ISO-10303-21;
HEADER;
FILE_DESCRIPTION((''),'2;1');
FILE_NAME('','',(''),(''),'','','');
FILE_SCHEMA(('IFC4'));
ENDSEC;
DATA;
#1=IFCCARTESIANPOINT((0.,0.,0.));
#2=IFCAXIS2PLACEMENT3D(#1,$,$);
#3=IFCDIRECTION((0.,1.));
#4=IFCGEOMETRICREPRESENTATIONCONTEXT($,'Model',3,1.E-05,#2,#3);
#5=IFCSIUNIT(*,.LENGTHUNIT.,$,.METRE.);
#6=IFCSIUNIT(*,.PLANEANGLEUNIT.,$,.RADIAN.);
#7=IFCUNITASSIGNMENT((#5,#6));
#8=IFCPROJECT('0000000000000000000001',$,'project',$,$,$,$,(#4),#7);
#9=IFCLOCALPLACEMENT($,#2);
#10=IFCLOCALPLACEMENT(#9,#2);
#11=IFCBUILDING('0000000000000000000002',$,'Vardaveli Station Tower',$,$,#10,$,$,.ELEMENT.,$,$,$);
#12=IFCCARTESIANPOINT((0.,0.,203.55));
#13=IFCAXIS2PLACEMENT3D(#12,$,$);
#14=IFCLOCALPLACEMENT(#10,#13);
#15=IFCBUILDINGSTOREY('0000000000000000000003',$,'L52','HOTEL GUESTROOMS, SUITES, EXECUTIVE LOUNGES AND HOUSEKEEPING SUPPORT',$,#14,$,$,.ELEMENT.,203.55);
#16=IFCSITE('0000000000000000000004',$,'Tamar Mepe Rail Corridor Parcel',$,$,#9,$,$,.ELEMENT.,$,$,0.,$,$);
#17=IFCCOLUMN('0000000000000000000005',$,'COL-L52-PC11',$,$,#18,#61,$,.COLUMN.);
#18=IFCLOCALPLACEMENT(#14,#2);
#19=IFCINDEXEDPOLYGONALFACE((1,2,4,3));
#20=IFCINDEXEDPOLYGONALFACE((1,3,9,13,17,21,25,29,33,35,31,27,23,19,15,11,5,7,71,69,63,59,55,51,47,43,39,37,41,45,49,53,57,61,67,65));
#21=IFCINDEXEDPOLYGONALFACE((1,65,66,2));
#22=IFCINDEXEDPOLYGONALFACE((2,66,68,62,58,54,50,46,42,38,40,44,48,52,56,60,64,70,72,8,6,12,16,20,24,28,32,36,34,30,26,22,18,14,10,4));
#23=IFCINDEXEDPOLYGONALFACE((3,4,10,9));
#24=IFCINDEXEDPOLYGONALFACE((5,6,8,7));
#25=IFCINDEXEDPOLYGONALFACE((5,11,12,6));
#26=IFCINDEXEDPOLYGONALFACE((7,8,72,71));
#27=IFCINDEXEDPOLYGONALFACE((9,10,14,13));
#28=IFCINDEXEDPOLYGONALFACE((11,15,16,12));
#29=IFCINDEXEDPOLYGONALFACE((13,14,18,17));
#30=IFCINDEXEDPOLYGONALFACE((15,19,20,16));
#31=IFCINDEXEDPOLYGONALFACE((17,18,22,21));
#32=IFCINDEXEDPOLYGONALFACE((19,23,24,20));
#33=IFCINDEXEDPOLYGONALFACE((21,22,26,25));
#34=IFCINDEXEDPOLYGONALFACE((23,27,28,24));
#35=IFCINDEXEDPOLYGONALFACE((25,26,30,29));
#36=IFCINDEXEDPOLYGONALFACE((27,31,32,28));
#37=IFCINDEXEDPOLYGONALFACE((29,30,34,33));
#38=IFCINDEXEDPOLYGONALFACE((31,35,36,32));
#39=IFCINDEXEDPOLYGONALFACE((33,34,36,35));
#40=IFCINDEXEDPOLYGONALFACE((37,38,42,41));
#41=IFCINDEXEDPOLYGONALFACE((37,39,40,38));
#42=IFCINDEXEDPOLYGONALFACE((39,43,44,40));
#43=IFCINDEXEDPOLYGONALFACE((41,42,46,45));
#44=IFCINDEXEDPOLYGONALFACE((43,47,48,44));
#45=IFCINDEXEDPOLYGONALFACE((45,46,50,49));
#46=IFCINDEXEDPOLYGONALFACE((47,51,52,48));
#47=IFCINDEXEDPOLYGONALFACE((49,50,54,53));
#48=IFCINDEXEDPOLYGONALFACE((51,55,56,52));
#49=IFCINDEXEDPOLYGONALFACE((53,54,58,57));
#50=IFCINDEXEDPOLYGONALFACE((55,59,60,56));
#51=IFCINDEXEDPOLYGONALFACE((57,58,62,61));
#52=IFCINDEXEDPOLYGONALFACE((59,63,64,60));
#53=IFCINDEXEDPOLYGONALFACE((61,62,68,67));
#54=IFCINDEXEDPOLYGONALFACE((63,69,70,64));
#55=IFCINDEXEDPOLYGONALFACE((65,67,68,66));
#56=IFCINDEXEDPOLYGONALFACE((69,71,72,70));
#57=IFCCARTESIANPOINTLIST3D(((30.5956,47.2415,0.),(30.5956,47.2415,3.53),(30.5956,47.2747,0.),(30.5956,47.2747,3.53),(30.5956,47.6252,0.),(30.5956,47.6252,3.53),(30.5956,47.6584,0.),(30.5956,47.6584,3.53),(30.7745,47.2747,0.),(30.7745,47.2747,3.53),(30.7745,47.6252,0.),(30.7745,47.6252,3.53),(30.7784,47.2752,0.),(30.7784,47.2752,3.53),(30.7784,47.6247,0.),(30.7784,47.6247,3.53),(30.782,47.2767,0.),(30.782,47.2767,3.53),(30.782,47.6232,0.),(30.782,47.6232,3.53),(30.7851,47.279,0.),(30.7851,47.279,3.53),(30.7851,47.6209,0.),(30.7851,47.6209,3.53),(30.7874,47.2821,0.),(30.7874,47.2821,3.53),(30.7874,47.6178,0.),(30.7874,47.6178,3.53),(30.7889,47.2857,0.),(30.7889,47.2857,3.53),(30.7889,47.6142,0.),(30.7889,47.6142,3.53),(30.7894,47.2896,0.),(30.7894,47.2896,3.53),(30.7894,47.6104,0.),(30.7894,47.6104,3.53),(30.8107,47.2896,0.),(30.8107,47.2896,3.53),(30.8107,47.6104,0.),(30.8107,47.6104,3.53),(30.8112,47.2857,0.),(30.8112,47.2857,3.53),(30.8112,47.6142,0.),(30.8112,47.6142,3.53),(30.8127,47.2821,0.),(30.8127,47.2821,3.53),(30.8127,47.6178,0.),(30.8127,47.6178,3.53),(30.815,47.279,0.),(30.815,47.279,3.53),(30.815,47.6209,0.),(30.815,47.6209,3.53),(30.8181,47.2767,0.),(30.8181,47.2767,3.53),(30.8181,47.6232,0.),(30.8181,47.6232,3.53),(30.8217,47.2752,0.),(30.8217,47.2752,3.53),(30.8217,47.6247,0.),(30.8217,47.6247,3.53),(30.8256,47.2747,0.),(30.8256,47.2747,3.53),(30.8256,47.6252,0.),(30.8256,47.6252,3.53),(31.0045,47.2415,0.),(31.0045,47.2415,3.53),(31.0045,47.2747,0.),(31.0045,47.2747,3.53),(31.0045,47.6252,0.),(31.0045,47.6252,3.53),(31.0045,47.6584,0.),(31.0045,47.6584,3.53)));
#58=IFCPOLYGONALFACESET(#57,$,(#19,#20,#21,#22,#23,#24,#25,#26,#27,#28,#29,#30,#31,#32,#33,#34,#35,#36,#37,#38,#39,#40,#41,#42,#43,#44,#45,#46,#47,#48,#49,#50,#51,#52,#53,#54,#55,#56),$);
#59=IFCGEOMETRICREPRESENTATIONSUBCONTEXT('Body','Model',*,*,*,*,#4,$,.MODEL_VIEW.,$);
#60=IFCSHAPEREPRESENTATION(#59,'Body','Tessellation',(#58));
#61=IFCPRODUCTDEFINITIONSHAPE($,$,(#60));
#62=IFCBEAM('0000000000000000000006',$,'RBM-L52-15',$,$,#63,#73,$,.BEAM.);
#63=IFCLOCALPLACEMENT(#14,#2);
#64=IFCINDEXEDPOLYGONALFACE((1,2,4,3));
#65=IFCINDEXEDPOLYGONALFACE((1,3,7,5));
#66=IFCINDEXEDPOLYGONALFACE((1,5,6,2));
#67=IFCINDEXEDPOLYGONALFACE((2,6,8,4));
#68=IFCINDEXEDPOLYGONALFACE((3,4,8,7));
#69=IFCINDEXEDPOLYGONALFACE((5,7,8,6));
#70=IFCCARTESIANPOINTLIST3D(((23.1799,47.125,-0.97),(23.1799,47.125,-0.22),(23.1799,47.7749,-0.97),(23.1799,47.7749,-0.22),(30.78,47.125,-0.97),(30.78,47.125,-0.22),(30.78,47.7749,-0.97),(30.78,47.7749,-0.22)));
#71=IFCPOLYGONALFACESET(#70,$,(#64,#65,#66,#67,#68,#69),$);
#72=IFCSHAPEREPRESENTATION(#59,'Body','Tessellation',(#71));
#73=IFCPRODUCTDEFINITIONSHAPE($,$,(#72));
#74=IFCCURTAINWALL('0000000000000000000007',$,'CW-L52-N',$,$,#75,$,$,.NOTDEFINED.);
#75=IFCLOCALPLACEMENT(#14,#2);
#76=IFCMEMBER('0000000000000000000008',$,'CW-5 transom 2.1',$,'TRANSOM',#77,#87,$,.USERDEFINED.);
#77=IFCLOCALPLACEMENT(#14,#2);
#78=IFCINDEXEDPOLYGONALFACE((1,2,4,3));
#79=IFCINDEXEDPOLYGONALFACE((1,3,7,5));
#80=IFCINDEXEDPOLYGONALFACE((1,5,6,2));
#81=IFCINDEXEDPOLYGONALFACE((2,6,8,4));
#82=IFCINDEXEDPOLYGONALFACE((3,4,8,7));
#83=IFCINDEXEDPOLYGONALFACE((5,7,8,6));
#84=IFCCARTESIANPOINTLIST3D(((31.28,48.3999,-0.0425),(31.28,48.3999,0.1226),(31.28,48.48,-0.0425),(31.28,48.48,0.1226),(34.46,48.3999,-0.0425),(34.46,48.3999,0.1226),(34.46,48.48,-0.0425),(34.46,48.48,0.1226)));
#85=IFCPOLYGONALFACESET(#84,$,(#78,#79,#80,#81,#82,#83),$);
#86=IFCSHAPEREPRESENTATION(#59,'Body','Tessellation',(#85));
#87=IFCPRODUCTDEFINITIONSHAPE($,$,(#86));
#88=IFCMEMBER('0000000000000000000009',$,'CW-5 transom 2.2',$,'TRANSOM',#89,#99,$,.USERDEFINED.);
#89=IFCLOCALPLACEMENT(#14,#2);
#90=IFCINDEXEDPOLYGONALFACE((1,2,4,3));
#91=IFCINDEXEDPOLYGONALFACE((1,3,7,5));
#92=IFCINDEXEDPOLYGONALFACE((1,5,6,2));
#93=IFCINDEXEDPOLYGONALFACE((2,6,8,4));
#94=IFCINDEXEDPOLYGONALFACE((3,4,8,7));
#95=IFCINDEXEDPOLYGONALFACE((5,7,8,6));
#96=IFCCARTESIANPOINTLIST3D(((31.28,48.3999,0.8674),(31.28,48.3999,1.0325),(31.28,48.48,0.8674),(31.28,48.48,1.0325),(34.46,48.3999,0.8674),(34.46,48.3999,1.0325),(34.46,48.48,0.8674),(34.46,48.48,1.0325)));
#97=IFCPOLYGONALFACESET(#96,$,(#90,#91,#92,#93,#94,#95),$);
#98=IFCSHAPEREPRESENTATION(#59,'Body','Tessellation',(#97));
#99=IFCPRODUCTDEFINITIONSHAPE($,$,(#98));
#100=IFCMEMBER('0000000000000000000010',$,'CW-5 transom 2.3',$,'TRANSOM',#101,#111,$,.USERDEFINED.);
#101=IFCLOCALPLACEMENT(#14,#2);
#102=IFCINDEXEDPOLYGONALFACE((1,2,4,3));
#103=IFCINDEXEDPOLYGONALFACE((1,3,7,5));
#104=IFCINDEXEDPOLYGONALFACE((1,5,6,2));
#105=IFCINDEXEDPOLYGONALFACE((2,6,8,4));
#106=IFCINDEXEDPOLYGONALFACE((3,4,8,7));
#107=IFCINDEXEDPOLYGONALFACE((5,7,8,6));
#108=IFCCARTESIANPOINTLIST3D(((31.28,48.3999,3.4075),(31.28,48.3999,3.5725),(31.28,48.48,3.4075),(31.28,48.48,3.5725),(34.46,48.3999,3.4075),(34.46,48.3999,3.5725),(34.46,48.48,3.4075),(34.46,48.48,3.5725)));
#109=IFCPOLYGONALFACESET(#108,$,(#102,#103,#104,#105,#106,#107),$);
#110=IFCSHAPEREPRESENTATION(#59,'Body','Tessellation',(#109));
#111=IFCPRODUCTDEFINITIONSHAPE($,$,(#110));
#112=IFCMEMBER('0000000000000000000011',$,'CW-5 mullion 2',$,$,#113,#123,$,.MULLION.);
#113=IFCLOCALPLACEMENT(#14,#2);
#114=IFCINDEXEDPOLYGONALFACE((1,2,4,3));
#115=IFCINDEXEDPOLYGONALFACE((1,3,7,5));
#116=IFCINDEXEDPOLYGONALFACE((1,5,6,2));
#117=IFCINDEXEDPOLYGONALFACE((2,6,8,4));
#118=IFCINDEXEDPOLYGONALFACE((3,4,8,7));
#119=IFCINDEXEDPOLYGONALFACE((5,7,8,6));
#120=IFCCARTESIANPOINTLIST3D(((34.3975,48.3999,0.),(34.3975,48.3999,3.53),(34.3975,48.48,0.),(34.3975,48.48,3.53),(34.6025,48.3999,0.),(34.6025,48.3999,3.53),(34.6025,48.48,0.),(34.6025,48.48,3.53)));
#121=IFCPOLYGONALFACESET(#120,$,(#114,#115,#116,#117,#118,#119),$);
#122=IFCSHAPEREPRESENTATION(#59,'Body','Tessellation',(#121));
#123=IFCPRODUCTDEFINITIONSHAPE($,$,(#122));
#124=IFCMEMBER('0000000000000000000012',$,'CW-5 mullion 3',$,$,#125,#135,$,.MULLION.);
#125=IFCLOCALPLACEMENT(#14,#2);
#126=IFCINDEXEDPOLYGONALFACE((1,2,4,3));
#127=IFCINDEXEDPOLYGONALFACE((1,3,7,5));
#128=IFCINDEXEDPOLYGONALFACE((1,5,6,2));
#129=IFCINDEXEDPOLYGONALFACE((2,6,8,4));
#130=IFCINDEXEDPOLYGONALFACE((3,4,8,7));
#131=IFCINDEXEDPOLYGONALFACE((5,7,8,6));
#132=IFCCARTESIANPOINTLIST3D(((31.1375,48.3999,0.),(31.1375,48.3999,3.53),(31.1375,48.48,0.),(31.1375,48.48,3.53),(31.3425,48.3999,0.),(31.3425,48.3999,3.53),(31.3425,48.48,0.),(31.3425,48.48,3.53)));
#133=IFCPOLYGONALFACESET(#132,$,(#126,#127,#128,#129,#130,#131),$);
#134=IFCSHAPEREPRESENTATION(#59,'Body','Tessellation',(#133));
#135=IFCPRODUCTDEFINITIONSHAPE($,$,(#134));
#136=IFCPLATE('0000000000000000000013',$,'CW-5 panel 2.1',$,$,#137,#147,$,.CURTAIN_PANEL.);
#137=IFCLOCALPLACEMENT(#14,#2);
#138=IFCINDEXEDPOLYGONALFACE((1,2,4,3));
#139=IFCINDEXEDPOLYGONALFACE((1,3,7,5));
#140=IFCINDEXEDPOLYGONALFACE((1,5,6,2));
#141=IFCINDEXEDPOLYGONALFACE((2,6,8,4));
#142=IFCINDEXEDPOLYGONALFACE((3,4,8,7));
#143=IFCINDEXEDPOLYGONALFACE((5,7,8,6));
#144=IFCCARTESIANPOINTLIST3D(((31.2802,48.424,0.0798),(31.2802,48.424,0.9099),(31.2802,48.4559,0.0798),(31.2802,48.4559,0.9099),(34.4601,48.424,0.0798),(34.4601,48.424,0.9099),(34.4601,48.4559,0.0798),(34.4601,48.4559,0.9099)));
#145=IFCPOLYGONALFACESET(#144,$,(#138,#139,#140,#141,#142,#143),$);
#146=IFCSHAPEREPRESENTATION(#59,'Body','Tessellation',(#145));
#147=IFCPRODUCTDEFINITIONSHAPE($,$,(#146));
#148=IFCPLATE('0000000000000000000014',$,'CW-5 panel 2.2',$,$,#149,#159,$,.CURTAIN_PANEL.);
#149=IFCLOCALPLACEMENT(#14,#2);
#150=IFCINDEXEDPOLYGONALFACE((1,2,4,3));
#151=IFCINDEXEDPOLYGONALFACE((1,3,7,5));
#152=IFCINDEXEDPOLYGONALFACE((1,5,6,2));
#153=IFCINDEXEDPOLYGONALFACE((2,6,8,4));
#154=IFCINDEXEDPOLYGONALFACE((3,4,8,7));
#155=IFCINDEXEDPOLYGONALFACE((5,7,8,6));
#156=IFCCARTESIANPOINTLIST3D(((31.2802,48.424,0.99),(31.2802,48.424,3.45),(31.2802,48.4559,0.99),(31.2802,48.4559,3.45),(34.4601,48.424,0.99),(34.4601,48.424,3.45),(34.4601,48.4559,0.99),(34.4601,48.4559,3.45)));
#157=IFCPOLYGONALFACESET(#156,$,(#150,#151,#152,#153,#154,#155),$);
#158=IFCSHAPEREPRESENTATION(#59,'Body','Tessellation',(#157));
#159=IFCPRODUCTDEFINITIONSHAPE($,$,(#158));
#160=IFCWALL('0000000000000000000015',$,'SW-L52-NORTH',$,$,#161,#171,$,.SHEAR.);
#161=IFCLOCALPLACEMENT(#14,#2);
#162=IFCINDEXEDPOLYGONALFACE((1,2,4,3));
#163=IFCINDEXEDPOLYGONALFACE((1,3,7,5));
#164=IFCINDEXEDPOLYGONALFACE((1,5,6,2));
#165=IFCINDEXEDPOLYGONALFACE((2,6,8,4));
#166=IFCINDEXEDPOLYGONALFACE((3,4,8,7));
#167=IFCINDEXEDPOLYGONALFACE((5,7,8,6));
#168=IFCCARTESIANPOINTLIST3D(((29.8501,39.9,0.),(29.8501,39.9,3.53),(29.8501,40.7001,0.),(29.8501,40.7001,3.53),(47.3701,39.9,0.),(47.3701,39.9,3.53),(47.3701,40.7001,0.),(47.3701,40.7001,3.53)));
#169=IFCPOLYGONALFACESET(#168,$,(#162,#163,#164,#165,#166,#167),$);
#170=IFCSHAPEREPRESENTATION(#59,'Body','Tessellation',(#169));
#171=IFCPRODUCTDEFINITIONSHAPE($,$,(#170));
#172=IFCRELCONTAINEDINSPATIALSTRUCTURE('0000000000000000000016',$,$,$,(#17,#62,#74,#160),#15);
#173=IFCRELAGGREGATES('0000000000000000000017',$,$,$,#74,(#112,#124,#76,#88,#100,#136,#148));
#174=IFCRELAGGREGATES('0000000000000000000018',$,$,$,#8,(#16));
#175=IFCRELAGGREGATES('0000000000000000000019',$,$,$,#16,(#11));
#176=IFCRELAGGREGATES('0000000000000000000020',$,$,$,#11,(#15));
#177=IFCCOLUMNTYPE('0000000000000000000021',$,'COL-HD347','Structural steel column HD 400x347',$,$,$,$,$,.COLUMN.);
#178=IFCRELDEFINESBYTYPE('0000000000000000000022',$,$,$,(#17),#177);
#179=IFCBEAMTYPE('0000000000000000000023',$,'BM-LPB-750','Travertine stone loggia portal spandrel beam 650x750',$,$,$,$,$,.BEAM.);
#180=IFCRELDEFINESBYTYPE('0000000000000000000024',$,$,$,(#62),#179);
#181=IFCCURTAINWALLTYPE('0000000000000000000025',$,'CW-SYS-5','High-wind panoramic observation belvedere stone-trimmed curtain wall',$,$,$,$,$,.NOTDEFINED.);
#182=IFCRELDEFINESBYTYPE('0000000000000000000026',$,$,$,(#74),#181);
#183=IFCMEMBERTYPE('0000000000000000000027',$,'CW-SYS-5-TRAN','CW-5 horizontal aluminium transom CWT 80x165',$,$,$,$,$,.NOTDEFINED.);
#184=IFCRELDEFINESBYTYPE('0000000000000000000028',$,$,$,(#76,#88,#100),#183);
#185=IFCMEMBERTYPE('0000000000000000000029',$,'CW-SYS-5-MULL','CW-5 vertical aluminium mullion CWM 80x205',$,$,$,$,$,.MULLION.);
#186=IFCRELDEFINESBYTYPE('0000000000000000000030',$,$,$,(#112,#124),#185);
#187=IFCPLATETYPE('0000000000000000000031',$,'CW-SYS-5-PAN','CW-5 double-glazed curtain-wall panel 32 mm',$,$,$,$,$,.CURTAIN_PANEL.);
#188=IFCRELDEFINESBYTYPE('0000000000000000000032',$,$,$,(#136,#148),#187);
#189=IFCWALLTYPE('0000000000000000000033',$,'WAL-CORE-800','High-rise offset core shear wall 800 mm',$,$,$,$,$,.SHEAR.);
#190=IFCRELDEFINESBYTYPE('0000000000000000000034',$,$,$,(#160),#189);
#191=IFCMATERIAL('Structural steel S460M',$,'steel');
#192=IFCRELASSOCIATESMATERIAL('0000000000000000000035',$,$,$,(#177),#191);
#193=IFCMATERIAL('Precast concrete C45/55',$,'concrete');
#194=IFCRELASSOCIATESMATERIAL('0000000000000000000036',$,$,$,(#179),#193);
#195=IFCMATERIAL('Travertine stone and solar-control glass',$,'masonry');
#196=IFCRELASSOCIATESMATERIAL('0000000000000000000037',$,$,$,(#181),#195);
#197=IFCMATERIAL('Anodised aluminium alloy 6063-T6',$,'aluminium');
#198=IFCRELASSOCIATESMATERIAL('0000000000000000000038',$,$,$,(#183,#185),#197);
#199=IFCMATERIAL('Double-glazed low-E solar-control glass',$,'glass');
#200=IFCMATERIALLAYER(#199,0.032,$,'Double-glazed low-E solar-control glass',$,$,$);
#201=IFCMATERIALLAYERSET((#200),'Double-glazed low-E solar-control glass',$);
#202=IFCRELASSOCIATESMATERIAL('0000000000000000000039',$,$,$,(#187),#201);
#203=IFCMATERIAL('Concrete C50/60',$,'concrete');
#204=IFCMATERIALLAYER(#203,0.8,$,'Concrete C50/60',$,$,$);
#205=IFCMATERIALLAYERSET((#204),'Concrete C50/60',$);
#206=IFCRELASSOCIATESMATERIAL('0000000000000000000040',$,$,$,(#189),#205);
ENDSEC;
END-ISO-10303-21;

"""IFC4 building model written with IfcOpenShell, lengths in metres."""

from ifc_helpers import new_model, si_unit, direction, frame, frame_2d, origin, origin_2d, place, context, subcontext, project, spatial, rectangle, i_section, extrude, source, transform, mapped, material, layer, layer_set, material_profile, profile_set, type_object, element, aggregate, save


model = new_model("IFC4")

# Units and contexts
model_context = context("Model", 3, precision=1e-05, world=origin(), true_north=direction((0.0, 1.0)))
body_context = subcontext(model_context, "Body", "Model", "MODEL_VIEW")
ifc_project = project(units=[si_unit("LENGTHUNIT", "METRE"), si_unit("PLANEANGLEUNIT", "RADIAN")], contexts=[model_context])

# Site, building, storey
site_placement = place(None, origin())
site = spatial("IfcSite", under=ifc_project, at=site_placement, Name="Tamar Mepe Rail Corridor Parcel", CompositionType="ELEMENT", RefElevation=0.0)
building_placement = place(site_placement, origin())
building = spatial("IfcBuilding", under=site, at=building_placement, Name="Vardaveli Station Tower", CompositionType="ELEMENT")
storey_placement = place(building_placement, frame((0.0, 0.0, 203.55)))
storey = spatial("IfcBuildingStorey", under=building, at=storey_placement, Name="L52", Description="HOTEL GUESTROOMS, SUITES, EXECUTIVE LOUNGES AND HOUSEKEEPING SUPPORT", CompositionType="ELEMENT", Elevation=203.55)

# Column
ifc_material_1 = material(Name="Structural steel S460M", Category="steel")
ifc_material_profile_1 = material_profile(ifc_material_1, i_section(OverallWidth=0.4089, OverallDepth=0.417, WebThickness=0.0212, FlangeThickness=0.0332, FilletRadius=0.0149, at=origin_2d()), Name="HD 400x347")
ifc_profile_set_1 = profile_set([ifc_material_profile_1], Name="Structural steel S460M")
column_type = type_object("IfcColumnType", Name="COL-HD347", Description="Structural steel column HD 400x347", PredefinedType="COLUMN", material=ifc_profile_set_1)
shared_shape_1 = source(origin(), body_context, "Body", "SweptSolid", [
    extrude(i_section(OverallWidth=0.4089, OverallDepth=0.417, WebThickness=0.0212, FlangeThickness=0.0332, FilletRadius=0.0149, at=origin_2d()), origin(), (0.0, 0.0, 1.0), 3.53),
])
column_placement = place(storey_placement, frame((30.8, 47.45, 0.0), z_axis=(0.0, 0.0, 1.0), x_axis=(1.0, 0.0, 0.0)))
element("IfcColumn", 1, at=column_placement, inside=storey, type_object=column_type, Name="COL-L52-PC11", PredefinedType="COLUMN", context=body_context, shape_type="MappedRepresentation", body=[
    mapped(shared_shape_1, transform((0.0, 0.0, 0.0), scale=1.0)),
])

# Beam
ifc_material_2 = material(Name="Precast concrete C45/55", Category="concrete")
ifc_material_profile_2 = material_profile(ifc_material_2, rectangle(XDim=0.6499, YDim=0.75, at=origin_2d()), Name="LPB 650x750")
ifc_profile_set_2 = profile_set([ifc_material_profile_2], Name="Precast concrete C45/55")
beam_type = type_object("IfcBeamType", Name="BM-LPB-750", Description="Travertine stone loggia portal spandrel beam 650x750", PredefinedType="BEAM", material=ifc_profile_set_2)
shared_shape_2 = source(origin(), body_context, "Body", "SweptSolid", [
    extrude(rectangle(XDim=0.6499, YDim=0.75, at=origin_2d()), origin(), (0.0, 0.0, 1.0), 7.6001),
])
beam_placement = place(storey_placement, frame((30.78, 47.45, -0.595), z_axis=(-1.0, 0.0, 0.0), x_axis=(0.0, -1.0, 0.0)))
element("IfcBeam", 2, at=beam_placement, inside=storey, type_object=beam_type, Name="RBM-L52-15", PredefinedType="BEAM", context=body_context, shape_type="MappedRepresentation", body=[
    mapped(shared_shape_2, transform((0.0, 0.0, 0.0), scale=1.0)),
])

# Curtain wall, members, plates
ifc_material_3 = material(Name="Travertine stone and solar-control glass", Category="masonry")
curtain_wall_type = type_object("IfcCurtainWallType", Name="CW-SYS-5", Description="High-wind panoramic observation belvedere stone-trimmed curtain wall", PredefinedType="NOTDEFINED", material=ifc_material_3)
curtain_wall_placement = place(storey_placement, origin())
curtain_wall = element("IfcCurtainWall", 3, at=curtain_wall_placement, inside=storey, type_object=curtain_wall_type, Name="CW-L52-N", PredefinedType="NOTDEFINED")
ifc_material_4 = material(Name="Anodised aluminium alloy 6063-T6", Category="aluminium")
ifc_material_profile_3 = material_profile(ifc_material_4, rectangle(XDim=0.0801, YDim=0.165, at=origin_2d()), Name="CWT 80x165")
ifc_profile_set_3 = profile_set([ifc_material_profile_3], Name="Anodised aluminium alloy 6063-T6")
member_type_1 = type_object("IfcMemberType", Name="CW-SYS-5-TRAN", Description="CW-5 horizontal aluminium transom CWT 80x165", PredefinedType="NOTDEFINED", material=ifc_profile_set_3)
shared_shape_3 = source(origin(), body_context, "Body", "SweptSolid", [
    extrude(rectangle(XDim=0.0801, YDim=0.165, at=origin_2d()), origin(), (0.0, 0.0, 1.0), 3.1799),
])
member_1_placement = place(storey_placement, frame((34.46, 48.4399, 0.04), z_axis=(-1.0, 0.0, 0.0), x_axis=(0.0, -1.0, 0.0)))
member_1 = element("IfcMember", 4, at=member_1_placement, type_object=member_type_1, Name="CW-5 transom 2.1", ObjectType="TRANSOM", PredefinedType="USERDEFINED", context=body_context, shape_type="MappedRepresentation", body=[
    mapped(shared_shape_3, transform((0.0, 0.0, 0.0), scale=1.0)),
])
member_2_placement = place(storey_placement, frame((34.46, 48.4399, 0.95), z_axis=(-1.0, 0.0, 0.0), x_axis=(0.0, -1.0, 0.0)))
member_2 = element("IfcMember", 5, at=member_2_placement, type_object=member_type_1, Name="CW-5 transom 2.2", ObjectType="TRANSOM", PredefinedType="USERDEFINED", context=body_context, shape_type="MappedRepresentation", body=[
    mapped(shared_shape_3, transform((0.0, 0.0, 0.0), scale=1.0)),
])
member_3_placement = place(storey_placement, frame((34.46, 48.4399, 3.49), z_axis=(-1.0, 0.0, 0.0), x_axis=(0.0, -1.0, 0.0)))
member_3 = element("IfcMember", 6, at=member_3_placement, type_object=member_type_1, Name="CW-5 transom 2.3", ObjectType="TRANSOM", PredefinedType="USERDEFINED", context=body_context, shape_type="MappedRepresentation", body=[
    mapped(shared_shape_3, transform((0.0, 0.0, 0.0), scale=1.0)),
])
ifc_material_profile_4 = material_profile(ifc_material_4, rectangle(XDim=0.0801, YDim=0.2051, at=origin_2d()), Name="CWM 80x205")
ifc_profile_set_4 = profile_set([ifc_material_profile_4], Name="Anodised aluminium alloy 6063-T6")
member_type_2 = type_object("IfcMemberType", Name="CW-SYS-5-MULL", Description="CW-5 vertical aluminium mullion CWM 80x205", PredefinedType="MULLION", material=ifc_profile_set_4)
shared_shape_4 = source(origin(), body_context, "Body", "SweptSolid", [
    extrude(rectangle(XDim=0.0801, YDim=0.2051, at=origin_2d()), origin(), (0.0, 0.0, 1.0), 3.53),
])
member_4_placement = place(storey_placement, frame((34.5, 48.4399, 0.0), z_axis=(0.0, 0.0, 1.0), x_axis=(0.0, -1.0, 0.0)))
member_4 = element("IfcMember", 7, at=member_4_placement, type_object=member_type_2, Name="CW-5 mullion 2", PredefinedType="MULLION", context=body_context, shape_type="MappedRepresentation", body=[
    mapped(shared_shape_4, transform((0.0, 0.0, 0.0), scale=1.0)),
])
member_5_placement = place(storey_placement, frame((31.24, 48.4399, 0.0), z_axis=(0.0, 0.0, 1.0), x_axis=(0.0, -1.0, 0.0)))
member_5 = element("IfcMember", 8, at=member_5_placement, type_object=member_type_2, Name="CW-5 mullion 3", PredefinedType="MULLION", context=body_context, shape_type="MappedRepresentation", body=[
    mapped(shared_shape_4, transform((0.0, 0.0, 0.0), scale=1.0)),
])
ifc_material_5 = material(Name="Double-glazed low-E solar-control glass", Category="glass")
ifc_layer_1 = layer(ifc_material_5, 0.032, Name="Double-glazed low-E solar-control glass")
ifc_layer_set_1 = layer_set([ifc_layer_1], Name="Double-glazed low-E solar-control glass")
plate_type = type_object("IfcPlateType", Name="CW-SYS-5-PAN", Description="CW-5 double-glazed curtain-wall panel 32 mm", PredefinedType="CURTAIN_PANEL", material=ifc_layer_set_1)
shared_shape_5 = source(origin(), body_context, "Body", "SweptSolid", [
    extrude(rectangle(XDim=3.1799, YDim=0.032, at=origin_2d()), origin(), (0.0, 0.0, 1.0), 0.8301),
])
plate_1_placement = place(storey_placement, frame((32.8701, 48.4399, 0.0798), z_axis=(0.0, 0.0, 1.0), x_axis=(-1.0, 0.0, 0.0)))
plate_1 = element("IfcPlate", 9, at=plate_1_placement, type_object=plate_type, Name="CW-5 panel 2.1", PredefinedType="CURTAIN_PANEL", context=body_context, shape_type="MappedRepresentation", body=[
    mapped(shared_shape_5, transform((0.0, 0.0, 0.0), scale=1.0)),
])
shared_shape_6 = source(origin(), body_context, "Body", "SweptSolid", [
    extrude(rectangle(XDim=3.1799, YDim=0.032, at=origin_2d()), origin(), (0.0, 0.0, 1.0), 2.46),
])
plate_2_placement = place(storey_placement, frame((32.8701, 48.4399, 0.99), z_axis=(0.0, 0.0, 1.0), x_axis=(-1.0, 0.0, 0.0)))
plate_2 = element("IfcPlate", 10, at=plate_2_placement, type_object=plate_type, Name="CW-5 panel 2.2", PredefinedType="CURTAIN_PANEL", context=body_context, shape_type="MappedRepresentation", body=[
    mapped(shared_shape_6, transform((0.0, 0.0, 0.0), scale=1.0)),
])
aggregate(curtain_wall, [member_4, member_5, member_1, member_2, member_3, plate_1, plate_2])

# Wall
ifc_material_6 = material(Name="Concrete C50/60", Category="concrete")
ifc_layer_2 = layer(ifc_material_6, 0.8, Name="Concrete C50/60")
ifc_layer_set_2 = layer_set([ifc_layer_2], Name="Concrete C50/60")
wall_type_1 = type_object("IfcWallType", Name="WAL-CORE-800", Description="High-rise offset core shear wall 800 mm", PredefinedType="SHEAR", material=ifc_layer_set_2)
shared_shape_7 = source(origin(), body_context, "Body", "SweptSolid", [
    extrude(rectangle(XDim=17.52, YDim=0.8, at=frame_2d((8.76, 0.0))), origin(), (0.0, 0.0, 1.0), 3.53),
])
wall_1_placement = place(storey_placement, frame((29.8501, 40.3, 0.0), z_axis=(0.0, 0.0, 1.0), x_axis=(1.0, 0.0, 0.0)))
element("IfcWall", 11, at=wall_1_placement, inside=storey, type_object=wall_type_1, Name="SW-L52-NORTH", PredefinedType="SHEAR", context=body_context, shape_type="MappedRepresentation", body=[
    mapped(shared_shape_7, transform((0.0, 0.0, 0.0), scale=1.0)),
])

save(model, "model.ifc")
